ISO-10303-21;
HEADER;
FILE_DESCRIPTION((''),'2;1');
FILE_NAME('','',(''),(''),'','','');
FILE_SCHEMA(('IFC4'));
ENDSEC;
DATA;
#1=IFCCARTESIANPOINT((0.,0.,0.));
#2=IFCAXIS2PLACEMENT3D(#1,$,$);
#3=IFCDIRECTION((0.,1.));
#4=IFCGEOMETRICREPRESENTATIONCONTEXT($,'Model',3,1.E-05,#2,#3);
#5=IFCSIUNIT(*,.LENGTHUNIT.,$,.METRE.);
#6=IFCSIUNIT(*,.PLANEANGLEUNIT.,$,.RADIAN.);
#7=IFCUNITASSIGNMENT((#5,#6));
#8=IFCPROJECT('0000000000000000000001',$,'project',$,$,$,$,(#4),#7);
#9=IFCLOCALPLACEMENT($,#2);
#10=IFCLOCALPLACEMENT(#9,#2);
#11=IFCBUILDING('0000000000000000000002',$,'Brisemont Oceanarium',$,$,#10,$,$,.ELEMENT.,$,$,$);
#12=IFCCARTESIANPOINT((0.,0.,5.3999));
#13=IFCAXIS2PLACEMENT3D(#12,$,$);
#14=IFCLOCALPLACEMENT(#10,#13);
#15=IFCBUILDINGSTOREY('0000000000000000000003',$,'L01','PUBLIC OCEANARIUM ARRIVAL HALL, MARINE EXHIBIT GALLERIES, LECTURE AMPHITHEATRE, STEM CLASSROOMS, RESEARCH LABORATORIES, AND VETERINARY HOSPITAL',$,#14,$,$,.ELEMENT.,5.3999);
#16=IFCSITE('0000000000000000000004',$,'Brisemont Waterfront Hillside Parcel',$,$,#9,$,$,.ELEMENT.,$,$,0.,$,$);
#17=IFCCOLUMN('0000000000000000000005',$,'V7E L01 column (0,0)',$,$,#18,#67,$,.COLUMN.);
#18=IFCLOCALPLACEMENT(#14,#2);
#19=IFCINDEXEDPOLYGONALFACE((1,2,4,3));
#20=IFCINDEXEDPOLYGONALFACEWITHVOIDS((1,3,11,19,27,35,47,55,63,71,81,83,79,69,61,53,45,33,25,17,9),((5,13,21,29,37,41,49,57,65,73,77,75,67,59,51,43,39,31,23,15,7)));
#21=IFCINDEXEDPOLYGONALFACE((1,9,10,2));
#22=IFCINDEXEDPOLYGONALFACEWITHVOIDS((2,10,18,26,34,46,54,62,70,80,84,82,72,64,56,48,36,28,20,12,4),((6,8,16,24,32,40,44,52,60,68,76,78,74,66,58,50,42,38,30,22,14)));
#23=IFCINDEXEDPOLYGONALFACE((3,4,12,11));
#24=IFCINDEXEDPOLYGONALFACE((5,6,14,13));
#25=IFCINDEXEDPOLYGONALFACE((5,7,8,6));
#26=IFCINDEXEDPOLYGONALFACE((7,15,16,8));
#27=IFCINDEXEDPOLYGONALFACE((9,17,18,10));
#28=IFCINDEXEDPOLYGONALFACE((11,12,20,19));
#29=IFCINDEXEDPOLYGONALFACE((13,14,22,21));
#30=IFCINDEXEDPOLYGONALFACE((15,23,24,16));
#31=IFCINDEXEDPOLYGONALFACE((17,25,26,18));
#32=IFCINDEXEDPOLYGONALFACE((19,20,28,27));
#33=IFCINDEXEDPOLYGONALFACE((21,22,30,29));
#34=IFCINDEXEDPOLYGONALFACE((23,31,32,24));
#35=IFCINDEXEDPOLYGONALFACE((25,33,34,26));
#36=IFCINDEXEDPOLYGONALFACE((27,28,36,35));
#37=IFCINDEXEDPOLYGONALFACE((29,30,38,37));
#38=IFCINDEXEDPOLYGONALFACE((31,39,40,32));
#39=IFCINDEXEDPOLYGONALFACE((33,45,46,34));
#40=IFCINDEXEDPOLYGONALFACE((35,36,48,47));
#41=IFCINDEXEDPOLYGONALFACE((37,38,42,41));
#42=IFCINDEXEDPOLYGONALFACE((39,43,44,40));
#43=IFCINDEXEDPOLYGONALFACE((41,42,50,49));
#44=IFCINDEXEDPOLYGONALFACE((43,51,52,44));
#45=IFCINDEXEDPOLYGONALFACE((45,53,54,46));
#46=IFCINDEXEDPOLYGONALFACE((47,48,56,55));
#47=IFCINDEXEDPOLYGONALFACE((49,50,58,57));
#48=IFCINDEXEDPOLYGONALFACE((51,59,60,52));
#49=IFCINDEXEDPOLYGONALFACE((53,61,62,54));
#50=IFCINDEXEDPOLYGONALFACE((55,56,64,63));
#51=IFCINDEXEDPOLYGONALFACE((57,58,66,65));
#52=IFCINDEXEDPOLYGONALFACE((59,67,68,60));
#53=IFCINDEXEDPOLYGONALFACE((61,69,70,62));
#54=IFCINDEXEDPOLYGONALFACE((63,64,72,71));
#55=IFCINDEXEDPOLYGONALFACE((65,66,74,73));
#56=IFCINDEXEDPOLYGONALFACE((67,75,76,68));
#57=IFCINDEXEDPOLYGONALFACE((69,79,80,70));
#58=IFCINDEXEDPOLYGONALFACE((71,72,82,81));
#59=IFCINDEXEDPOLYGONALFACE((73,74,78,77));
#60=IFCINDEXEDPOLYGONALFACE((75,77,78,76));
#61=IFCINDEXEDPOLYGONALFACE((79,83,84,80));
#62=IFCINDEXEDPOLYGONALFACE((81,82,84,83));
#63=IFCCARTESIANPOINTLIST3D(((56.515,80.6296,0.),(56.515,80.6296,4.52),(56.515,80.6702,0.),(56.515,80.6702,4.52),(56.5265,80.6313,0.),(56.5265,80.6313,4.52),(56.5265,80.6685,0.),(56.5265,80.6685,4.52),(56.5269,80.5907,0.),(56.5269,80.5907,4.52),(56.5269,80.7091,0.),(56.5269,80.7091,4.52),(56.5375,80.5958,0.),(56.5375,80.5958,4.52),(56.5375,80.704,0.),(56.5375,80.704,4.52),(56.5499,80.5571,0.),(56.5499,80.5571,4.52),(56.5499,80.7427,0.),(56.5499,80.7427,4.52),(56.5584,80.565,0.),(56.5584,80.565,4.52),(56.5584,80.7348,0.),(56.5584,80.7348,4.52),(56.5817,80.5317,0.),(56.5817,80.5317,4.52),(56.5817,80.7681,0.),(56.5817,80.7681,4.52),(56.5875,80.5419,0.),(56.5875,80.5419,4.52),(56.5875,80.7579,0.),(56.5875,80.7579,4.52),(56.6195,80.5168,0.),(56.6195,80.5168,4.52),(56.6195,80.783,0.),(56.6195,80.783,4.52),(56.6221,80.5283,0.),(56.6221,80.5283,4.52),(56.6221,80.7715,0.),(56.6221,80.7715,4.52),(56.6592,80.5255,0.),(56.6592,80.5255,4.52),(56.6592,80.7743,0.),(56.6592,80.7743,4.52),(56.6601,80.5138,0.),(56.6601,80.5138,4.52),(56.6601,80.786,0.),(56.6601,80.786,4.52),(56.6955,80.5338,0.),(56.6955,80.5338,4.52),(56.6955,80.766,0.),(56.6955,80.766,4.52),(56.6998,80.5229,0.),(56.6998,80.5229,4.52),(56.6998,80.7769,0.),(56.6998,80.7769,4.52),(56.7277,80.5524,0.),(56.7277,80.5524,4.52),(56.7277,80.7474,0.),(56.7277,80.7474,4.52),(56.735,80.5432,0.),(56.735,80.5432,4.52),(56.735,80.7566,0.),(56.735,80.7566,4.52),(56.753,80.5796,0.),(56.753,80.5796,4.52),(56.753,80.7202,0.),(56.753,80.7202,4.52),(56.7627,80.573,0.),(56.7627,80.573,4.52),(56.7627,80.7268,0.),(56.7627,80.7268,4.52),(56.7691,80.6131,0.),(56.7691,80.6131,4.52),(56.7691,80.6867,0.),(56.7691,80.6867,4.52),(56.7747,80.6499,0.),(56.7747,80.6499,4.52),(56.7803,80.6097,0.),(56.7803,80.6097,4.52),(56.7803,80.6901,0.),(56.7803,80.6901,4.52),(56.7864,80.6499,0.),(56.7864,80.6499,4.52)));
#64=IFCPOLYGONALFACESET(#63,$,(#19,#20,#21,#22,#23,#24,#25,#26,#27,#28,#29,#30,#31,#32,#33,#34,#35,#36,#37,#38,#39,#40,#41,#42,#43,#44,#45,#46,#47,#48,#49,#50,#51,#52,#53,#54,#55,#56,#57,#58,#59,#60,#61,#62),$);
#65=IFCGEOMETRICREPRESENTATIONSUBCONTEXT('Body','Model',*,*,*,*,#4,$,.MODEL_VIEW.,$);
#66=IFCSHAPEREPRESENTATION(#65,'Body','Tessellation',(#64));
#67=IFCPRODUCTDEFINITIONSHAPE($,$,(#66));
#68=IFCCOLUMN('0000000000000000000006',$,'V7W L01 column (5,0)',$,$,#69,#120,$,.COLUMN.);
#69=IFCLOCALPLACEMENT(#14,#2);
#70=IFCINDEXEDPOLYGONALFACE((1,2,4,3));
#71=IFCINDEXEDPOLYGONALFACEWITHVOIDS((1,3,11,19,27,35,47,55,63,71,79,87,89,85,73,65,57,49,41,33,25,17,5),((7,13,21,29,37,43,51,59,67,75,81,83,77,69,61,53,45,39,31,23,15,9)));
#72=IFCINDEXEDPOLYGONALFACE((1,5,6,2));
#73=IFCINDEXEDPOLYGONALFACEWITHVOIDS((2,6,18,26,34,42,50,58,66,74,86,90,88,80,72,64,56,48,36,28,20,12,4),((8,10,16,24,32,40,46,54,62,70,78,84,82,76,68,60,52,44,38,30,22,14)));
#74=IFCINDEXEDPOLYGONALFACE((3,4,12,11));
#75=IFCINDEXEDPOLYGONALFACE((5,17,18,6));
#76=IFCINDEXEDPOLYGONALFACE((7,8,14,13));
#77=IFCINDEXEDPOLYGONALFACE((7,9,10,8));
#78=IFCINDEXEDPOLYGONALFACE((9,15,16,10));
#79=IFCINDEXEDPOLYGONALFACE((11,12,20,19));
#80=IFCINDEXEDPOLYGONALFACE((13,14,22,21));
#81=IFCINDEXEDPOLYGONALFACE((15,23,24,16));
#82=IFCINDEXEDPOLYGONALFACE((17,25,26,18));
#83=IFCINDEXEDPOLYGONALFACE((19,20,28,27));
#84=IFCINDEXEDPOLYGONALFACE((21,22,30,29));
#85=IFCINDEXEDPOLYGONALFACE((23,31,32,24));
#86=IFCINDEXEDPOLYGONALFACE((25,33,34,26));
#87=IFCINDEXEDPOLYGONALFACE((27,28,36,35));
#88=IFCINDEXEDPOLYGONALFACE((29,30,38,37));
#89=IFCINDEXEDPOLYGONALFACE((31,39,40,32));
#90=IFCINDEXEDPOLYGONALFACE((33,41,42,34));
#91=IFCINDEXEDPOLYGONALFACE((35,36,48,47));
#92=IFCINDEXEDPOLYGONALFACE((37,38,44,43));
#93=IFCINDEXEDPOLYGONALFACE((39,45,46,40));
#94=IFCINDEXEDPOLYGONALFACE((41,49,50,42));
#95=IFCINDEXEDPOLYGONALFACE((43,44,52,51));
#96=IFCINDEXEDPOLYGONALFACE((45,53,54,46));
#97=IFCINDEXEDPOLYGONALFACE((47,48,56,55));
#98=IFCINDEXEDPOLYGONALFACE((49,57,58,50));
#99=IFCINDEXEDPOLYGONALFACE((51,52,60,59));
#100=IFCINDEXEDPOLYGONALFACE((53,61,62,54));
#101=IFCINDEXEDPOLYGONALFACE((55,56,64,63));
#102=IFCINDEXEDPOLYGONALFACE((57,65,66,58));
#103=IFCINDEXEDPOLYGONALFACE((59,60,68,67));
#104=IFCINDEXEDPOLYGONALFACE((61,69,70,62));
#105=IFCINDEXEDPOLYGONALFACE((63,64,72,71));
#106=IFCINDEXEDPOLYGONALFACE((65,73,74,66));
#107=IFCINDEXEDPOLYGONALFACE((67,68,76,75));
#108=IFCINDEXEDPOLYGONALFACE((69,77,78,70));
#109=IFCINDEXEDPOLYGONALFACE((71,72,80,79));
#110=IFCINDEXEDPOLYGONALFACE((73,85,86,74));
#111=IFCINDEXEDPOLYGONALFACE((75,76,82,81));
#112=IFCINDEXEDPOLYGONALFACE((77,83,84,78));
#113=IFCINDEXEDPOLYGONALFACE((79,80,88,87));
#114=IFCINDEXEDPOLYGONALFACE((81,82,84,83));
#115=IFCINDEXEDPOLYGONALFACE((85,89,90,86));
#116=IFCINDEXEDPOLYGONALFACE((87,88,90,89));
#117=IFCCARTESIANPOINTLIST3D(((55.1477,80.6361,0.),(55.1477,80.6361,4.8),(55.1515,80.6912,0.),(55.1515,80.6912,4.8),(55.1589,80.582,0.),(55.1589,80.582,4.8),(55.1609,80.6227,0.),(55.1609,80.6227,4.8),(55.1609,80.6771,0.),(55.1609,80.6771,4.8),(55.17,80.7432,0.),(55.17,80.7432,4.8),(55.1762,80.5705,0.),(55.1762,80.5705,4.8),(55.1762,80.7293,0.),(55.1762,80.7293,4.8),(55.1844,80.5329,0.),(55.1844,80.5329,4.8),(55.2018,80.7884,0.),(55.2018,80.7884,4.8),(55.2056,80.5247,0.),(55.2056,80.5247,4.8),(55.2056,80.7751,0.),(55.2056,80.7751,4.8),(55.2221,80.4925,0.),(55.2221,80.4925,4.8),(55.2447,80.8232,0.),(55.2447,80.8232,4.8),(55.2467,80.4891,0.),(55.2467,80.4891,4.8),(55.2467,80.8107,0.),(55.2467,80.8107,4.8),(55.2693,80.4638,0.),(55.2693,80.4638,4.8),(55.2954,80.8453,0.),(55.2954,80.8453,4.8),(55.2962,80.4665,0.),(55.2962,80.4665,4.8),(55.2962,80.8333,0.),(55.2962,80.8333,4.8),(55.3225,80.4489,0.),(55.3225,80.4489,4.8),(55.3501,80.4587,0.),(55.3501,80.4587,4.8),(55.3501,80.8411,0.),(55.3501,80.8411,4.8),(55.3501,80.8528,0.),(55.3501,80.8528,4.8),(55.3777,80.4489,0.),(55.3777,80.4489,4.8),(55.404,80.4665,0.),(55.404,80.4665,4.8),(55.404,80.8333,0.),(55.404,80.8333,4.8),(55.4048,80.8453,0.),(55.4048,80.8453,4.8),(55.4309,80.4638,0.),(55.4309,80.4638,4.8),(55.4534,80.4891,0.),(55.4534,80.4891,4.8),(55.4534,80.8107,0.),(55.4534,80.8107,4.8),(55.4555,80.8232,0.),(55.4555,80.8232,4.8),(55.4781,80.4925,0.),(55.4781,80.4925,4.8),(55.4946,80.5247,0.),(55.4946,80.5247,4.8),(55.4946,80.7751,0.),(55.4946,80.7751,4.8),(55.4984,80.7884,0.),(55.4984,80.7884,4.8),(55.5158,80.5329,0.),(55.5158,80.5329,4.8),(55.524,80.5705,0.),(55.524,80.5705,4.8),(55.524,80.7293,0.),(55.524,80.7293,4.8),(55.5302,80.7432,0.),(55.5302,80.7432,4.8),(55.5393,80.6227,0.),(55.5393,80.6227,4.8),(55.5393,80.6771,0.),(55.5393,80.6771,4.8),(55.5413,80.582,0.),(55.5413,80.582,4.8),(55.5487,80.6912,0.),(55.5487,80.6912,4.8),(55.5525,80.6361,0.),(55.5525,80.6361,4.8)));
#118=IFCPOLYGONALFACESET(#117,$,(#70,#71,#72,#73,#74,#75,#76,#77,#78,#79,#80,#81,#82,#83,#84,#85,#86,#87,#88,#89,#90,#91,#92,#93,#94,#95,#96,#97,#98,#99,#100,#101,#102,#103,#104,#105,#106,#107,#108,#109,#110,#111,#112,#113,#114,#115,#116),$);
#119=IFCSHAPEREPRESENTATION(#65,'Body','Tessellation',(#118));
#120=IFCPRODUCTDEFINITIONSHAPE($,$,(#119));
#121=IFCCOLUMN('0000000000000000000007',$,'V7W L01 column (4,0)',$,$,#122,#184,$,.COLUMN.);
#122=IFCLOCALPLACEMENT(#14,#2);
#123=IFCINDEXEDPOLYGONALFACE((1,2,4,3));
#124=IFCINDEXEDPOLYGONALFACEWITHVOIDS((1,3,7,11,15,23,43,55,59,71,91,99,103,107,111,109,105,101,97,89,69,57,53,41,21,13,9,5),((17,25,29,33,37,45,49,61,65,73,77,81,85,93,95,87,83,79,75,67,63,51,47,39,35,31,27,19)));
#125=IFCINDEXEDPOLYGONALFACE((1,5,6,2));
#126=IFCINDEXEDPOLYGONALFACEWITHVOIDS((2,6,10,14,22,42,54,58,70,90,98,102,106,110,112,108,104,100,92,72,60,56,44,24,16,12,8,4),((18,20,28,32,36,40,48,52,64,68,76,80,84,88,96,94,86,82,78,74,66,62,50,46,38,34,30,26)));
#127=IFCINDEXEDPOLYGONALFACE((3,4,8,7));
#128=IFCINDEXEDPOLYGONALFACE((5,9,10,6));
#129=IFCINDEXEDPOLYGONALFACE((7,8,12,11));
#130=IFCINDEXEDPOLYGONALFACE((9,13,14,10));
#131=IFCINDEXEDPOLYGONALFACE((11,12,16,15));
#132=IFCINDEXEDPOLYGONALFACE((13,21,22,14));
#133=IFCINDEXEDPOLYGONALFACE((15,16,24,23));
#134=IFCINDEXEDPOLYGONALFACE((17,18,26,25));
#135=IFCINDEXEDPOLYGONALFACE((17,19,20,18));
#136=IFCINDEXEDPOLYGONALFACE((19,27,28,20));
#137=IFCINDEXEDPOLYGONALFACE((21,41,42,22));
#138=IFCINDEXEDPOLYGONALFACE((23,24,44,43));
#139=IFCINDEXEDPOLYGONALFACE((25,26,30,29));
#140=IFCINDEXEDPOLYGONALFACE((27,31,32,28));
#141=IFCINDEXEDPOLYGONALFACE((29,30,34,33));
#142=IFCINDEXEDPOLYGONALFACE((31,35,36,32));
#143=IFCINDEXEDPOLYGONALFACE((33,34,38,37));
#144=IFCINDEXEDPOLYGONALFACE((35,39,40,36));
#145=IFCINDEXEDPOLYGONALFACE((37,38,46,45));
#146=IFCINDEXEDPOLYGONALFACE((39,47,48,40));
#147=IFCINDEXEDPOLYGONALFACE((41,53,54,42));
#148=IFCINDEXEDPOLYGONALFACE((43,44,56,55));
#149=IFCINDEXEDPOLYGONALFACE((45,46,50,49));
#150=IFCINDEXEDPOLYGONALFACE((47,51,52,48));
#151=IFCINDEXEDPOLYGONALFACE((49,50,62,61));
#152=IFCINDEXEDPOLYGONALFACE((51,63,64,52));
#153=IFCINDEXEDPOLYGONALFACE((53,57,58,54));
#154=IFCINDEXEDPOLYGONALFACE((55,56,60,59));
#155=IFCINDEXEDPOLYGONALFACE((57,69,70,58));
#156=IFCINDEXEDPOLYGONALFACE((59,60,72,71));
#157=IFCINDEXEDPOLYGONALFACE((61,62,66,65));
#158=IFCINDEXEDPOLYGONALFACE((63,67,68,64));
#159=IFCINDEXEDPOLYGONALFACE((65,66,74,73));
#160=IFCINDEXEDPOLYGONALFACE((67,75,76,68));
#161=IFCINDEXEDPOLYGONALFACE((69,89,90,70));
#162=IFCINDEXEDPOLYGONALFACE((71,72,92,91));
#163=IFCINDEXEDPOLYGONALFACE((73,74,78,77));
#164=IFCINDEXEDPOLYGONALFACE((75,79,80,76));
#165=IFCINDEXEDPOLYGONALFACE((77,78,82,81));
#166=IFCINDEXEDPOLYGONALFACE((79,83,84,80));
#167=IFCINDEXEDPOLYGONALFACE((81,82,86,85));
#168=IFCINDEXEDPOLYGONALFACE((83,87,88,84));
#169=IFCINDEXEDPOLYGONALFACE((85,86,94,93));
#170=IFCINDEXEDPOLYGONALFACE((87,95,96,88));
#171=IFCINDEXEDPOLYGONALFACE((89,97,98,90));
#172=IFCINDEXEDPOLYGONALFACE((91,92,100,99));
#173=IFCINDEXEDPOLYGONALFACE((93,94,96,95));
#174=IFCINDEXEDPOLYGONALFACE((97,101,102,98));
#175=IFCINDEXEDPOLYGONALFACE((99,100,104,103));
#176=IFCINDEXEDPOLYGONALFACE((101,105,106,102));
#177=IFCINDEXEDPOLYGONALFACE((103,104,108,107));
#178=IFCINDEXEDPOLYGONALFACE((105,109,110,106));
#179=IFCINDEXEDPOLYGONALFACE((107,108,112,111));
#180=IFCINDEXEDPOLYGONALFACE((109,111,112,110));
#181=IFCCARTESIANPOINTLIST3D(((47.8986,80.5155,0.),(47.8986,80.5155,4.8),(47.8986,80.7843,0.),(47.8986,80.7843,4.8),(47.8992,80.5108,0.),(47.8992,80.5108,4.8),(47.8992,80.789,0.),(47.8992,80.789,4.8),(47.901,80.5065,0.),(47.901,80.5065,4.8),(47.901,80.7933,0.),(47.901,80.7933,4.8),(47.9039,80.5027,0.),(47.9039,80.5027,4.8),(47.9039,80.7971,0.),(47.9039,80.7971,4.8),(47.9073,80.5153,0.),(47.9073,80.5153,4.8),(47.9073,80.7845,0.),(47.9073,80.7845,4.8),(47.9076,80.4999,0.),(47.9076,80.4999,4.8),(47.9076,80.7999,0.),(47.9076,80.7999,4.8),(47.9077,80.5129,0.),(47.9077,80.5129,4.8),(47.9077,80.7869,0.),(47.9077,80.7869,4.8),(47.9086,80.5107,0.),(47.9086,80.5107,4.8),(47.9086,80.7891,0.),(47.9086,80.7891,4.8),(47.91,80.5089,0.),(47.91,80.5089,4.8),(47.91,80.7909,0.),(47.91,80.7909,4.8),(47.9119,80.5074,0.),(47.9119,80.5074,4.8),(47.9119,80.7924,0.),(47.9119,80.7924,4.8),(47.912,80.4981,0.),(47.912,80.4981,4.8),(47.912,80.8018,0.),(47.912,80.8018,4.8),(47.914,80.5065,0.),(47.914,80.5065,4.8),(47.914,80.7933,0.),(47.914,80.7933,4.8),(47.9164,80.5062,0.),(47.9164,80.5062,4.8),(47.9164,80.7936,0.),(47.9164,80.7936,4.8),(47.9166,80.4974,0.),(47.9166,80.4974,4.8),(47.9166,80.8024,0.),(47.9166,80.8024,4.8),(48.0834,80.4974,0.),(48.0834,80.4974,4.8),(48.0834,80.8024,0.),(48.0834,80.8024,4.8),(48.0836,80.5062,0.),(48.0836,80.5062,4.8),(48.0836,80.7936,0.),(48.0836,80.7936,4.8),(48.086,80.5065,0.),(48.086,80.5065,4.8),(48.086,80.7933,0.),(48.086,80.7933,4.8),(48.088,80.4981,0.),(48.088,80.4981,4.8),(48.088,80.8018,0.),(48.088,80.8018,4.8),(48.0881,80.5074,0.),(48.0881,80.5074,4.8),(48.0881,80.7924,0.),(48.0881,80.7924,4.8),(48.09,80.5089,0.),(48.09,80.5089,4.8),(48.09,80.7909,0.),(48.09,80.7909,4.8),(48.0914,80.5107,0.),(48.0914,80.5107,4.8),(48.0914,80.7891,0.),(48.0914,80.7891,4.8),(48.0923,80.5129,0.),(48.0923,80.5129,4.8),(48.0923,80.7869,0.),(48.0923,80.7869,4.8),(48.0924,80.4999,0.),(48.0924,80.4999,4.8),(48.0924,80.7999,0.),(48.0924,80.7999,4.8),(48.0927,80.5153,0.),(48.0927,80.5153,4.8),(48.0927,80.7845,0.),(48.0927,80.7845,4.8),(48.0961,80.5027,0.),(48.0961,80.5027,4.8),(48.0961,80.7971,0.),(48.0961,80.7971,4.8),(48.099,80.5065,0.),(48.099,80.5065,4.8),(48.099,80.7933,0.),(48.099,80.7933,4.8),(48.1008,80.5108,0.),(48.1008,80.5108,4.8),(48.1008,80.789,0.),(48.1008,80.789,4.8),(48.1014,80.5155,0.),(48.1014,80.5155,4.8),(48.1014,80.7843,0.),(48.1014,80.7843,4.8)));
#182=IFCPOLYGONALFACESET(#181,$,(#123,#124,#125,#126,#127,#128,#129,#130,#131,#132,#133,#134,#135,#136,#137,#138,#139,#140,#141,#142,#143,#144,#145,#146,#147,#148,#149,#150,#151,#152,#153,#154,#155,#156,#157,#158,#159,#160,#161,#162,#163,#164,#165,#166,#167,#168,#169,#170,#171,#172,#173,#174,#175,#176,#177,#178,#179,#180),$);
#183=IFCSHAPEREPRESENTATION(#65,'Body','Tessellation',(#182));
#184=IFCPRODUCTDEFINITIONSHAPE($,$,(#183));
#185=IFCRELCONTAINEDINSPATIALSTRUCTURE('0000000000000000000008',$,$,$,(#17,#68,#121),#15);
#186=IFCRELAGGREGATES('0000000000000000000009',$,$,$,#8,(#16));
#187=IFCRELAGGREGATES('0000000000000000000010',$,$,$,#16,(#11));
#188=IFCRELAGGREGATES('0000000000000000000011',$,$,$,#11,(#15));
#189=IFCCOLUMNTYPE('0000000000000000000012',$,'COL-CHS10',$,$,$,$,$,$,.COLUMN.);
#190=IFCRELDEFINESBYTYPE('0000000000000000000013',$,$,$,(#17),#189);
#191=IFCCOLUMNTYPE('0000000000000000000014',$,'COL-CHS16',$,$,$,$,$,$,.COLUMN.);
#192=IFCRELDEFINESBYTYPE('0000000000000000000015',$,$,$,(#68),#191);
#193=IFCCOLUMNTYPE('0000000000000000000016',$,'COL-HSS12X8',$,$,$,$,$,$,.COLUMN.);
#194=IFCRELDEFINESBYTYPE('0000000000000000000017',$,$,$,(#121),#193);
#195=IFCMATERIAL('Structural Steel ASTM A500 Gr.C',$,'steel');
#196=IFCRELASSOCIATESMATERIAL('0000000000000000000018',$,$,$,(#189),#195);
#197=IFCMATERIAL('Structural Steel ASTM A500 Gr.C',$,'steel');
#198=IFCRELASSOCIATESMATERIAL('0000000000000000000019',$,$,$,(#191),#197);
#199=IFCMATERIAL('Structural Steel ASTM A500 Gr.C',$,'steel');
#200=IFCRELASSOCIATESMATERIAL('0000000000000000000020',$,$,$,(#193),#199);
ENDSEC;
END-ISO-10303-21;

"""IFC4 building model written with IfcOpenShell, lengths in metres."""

from ifc_helpers import new_model, si_unit, direction, frame, origin, origin_2d, place, context, subcontext, project, spatial, hollow_rectangle, hollow_circle, extrude, material, material_profile, profile_set, type_object, element, save


model = new_model("IFC4")

# Units and contexts
model_context = context("Model", 3, precision=1e-05, world=origin(), true_north=direction((0.0, 1.0)))
body_context = subcontext(model_context, "Body", "Model", "MODEL_VIEW")
ifc_project = project(units=[si_unit("LENGTHUNIT", "METRE"), si_unit("PLANEANGLEUNIT", "RADIAN")], contexts=[model_context])

# Site, building, storey
site_placement = place(None, origin())
site = spatial("IfcSite", under=ifc_project, at=site_placement, Name="Brisemont Waterfront Hillside Parcel", CompositionType="ELEMENT", RefElevation=0.0)
building_placement = place(site_placement, origin())
building = spatial("IfcBuilding", under=site, at=building_placement, Name="Brisemont Oceanarium", CompositionType="ELEMENT")
storey_placement = place(building_placement, frame((0.0, 0.0, 5.3999)))
storey = spatial("IfcBuildingStorey", under=building, at=storey_placement, Name="L01", Description="PUBLIC OCEANARIUM ARRIVAL HALL, MARINE EXHIBIT GALLERIES, LECTURE AMPHITHEATRE, STEM CLASSROOMS, RESEARCH LABORATORIES, AND VETERINARY HOSPITAL", CompositionType="ELEMENT", Elevation=5.3999)

# Columns
ifc_material_1 = material(Name="Structural Steel ASTM A500 Gr.C", Category="steel")
ifc_material_profile_1 = material_profile(ifc_material_1, hollow_circle(Radius=0.1365, WallThickness=0.0117, at=origin_2d()), Name="HSS10.750X0.500")
ifc_profile_set_1 = profile_set([ifc_material_profile_1], Name="Structural Steel ASTM A500 Gr.C")
column_type_1 = type_object("IfcColumnType", Name="COL-CHS10", PredefinedType="COLUMN", material=ifc_profile_set_1)
column_1_placement = place(storey_placement, frame((56.6499, 80.6499, 0.0), z_axis=(0.0, 0.0, 1.0), x_axis=(1.0, 0.0, 0.0)))
element("IfcColumn", 1, at=column_1_placement, inside=storey, type_object=column_type_1, Name="V7E L01 column (0,0)", PredefinedType="COLUMN", context=body_context, shape_type="SweptSolid", body=[
    extrude(hollow_circle(Radius=0.1365, WallThickness=0.0117, at=origin_2d()), origin(), (0.0, 0.0, 1.0), 4.52),
])
ifc_material_2 = material(Name="Structural Steel ASTM A500 Gr.C", Category="steel")
ifc_material_profile_2 = material_profile(ifc_material_2, hollow_circle(Radius=0.2029, WallThickness=0.0117, at=origin_2d()), Name="HSS16.000X0.500")
ifc_profile_set_2 = profile_set([ifc_material_profile_2], Name="Structural Steel ASTM A500 Gr.C")
column_type_2 = type_object("IfcColumnType", Name="COL-CHS16", PredefinedType="COLUMN", material=ifc_profile_set_2)
column_2_placement = place(storey_placement, frame((55.3501, 80.6499, 0.0), z_axis=(0.0, 0.0, 1.0), x_axis=(0.0, 1.0, 0.0)))
element("IfcColumn", 2, at=column_2_placement, inside=storey, type_object=column_type_2, Name="V7W L01 column (5,0)", PredefinedType="COLUMN", context=body_context, shape_type="SweptSolid", body=[
    extrude(hollow_circle(Radius=0.2029, WallThickness=0.0117, at=origin_2d()), origin(), (0.0, 0.0, 1.0), 4.8),
])
ifc_material_3 = material(Name="Structural Steel ASTM A500 Gr.C", Category="steel")
ifc_material_profile_3 = material_profile(ifc_material_3, hollow_rectangle(XDim=0.2029, YDim=0.3049, WallThickness=0.0088, InnerFilletRadius=0.009, OuterFilletRadius=0.0181, at=origin_2d()), Name="HSS12X8X3/8")
ifc_profile_set_3 = profile_set([ifc_material_profile_3], Name="Structural Steel ASTM A500 Gr.C")
column_type_3 = type_object("IfcColumnType", Name="COL-HSS12X8", PredefinedType="COLUMN", material=ifc_profile_set_3)
column_3_placement = place(storey_placement, frame((48.0, 80.6499, 0.0), z_axis=(0.0, 0.0, 1.0), x_axis=(1.0, 0.0, 0.0)))
element("IfcColumn", 3, at=column_3_placement, inside=storey, type_object=column_type_3, Name="V7W L01 column (4,0)", PredefinedType="COLUMN", context=body_context, shape_type="SweptSolid", body=[
    extrude(hollow_rectangle(XDim=0.2029, YDim=0.3049, WallThickness=0.0088, InnerFilletRadius=0.009, OuterFilletRadius=0.0181, at=origin_2d()), origin(), (0.0, 0.0, 1.0), 4.8),
])

save(model, "model.ifc")
